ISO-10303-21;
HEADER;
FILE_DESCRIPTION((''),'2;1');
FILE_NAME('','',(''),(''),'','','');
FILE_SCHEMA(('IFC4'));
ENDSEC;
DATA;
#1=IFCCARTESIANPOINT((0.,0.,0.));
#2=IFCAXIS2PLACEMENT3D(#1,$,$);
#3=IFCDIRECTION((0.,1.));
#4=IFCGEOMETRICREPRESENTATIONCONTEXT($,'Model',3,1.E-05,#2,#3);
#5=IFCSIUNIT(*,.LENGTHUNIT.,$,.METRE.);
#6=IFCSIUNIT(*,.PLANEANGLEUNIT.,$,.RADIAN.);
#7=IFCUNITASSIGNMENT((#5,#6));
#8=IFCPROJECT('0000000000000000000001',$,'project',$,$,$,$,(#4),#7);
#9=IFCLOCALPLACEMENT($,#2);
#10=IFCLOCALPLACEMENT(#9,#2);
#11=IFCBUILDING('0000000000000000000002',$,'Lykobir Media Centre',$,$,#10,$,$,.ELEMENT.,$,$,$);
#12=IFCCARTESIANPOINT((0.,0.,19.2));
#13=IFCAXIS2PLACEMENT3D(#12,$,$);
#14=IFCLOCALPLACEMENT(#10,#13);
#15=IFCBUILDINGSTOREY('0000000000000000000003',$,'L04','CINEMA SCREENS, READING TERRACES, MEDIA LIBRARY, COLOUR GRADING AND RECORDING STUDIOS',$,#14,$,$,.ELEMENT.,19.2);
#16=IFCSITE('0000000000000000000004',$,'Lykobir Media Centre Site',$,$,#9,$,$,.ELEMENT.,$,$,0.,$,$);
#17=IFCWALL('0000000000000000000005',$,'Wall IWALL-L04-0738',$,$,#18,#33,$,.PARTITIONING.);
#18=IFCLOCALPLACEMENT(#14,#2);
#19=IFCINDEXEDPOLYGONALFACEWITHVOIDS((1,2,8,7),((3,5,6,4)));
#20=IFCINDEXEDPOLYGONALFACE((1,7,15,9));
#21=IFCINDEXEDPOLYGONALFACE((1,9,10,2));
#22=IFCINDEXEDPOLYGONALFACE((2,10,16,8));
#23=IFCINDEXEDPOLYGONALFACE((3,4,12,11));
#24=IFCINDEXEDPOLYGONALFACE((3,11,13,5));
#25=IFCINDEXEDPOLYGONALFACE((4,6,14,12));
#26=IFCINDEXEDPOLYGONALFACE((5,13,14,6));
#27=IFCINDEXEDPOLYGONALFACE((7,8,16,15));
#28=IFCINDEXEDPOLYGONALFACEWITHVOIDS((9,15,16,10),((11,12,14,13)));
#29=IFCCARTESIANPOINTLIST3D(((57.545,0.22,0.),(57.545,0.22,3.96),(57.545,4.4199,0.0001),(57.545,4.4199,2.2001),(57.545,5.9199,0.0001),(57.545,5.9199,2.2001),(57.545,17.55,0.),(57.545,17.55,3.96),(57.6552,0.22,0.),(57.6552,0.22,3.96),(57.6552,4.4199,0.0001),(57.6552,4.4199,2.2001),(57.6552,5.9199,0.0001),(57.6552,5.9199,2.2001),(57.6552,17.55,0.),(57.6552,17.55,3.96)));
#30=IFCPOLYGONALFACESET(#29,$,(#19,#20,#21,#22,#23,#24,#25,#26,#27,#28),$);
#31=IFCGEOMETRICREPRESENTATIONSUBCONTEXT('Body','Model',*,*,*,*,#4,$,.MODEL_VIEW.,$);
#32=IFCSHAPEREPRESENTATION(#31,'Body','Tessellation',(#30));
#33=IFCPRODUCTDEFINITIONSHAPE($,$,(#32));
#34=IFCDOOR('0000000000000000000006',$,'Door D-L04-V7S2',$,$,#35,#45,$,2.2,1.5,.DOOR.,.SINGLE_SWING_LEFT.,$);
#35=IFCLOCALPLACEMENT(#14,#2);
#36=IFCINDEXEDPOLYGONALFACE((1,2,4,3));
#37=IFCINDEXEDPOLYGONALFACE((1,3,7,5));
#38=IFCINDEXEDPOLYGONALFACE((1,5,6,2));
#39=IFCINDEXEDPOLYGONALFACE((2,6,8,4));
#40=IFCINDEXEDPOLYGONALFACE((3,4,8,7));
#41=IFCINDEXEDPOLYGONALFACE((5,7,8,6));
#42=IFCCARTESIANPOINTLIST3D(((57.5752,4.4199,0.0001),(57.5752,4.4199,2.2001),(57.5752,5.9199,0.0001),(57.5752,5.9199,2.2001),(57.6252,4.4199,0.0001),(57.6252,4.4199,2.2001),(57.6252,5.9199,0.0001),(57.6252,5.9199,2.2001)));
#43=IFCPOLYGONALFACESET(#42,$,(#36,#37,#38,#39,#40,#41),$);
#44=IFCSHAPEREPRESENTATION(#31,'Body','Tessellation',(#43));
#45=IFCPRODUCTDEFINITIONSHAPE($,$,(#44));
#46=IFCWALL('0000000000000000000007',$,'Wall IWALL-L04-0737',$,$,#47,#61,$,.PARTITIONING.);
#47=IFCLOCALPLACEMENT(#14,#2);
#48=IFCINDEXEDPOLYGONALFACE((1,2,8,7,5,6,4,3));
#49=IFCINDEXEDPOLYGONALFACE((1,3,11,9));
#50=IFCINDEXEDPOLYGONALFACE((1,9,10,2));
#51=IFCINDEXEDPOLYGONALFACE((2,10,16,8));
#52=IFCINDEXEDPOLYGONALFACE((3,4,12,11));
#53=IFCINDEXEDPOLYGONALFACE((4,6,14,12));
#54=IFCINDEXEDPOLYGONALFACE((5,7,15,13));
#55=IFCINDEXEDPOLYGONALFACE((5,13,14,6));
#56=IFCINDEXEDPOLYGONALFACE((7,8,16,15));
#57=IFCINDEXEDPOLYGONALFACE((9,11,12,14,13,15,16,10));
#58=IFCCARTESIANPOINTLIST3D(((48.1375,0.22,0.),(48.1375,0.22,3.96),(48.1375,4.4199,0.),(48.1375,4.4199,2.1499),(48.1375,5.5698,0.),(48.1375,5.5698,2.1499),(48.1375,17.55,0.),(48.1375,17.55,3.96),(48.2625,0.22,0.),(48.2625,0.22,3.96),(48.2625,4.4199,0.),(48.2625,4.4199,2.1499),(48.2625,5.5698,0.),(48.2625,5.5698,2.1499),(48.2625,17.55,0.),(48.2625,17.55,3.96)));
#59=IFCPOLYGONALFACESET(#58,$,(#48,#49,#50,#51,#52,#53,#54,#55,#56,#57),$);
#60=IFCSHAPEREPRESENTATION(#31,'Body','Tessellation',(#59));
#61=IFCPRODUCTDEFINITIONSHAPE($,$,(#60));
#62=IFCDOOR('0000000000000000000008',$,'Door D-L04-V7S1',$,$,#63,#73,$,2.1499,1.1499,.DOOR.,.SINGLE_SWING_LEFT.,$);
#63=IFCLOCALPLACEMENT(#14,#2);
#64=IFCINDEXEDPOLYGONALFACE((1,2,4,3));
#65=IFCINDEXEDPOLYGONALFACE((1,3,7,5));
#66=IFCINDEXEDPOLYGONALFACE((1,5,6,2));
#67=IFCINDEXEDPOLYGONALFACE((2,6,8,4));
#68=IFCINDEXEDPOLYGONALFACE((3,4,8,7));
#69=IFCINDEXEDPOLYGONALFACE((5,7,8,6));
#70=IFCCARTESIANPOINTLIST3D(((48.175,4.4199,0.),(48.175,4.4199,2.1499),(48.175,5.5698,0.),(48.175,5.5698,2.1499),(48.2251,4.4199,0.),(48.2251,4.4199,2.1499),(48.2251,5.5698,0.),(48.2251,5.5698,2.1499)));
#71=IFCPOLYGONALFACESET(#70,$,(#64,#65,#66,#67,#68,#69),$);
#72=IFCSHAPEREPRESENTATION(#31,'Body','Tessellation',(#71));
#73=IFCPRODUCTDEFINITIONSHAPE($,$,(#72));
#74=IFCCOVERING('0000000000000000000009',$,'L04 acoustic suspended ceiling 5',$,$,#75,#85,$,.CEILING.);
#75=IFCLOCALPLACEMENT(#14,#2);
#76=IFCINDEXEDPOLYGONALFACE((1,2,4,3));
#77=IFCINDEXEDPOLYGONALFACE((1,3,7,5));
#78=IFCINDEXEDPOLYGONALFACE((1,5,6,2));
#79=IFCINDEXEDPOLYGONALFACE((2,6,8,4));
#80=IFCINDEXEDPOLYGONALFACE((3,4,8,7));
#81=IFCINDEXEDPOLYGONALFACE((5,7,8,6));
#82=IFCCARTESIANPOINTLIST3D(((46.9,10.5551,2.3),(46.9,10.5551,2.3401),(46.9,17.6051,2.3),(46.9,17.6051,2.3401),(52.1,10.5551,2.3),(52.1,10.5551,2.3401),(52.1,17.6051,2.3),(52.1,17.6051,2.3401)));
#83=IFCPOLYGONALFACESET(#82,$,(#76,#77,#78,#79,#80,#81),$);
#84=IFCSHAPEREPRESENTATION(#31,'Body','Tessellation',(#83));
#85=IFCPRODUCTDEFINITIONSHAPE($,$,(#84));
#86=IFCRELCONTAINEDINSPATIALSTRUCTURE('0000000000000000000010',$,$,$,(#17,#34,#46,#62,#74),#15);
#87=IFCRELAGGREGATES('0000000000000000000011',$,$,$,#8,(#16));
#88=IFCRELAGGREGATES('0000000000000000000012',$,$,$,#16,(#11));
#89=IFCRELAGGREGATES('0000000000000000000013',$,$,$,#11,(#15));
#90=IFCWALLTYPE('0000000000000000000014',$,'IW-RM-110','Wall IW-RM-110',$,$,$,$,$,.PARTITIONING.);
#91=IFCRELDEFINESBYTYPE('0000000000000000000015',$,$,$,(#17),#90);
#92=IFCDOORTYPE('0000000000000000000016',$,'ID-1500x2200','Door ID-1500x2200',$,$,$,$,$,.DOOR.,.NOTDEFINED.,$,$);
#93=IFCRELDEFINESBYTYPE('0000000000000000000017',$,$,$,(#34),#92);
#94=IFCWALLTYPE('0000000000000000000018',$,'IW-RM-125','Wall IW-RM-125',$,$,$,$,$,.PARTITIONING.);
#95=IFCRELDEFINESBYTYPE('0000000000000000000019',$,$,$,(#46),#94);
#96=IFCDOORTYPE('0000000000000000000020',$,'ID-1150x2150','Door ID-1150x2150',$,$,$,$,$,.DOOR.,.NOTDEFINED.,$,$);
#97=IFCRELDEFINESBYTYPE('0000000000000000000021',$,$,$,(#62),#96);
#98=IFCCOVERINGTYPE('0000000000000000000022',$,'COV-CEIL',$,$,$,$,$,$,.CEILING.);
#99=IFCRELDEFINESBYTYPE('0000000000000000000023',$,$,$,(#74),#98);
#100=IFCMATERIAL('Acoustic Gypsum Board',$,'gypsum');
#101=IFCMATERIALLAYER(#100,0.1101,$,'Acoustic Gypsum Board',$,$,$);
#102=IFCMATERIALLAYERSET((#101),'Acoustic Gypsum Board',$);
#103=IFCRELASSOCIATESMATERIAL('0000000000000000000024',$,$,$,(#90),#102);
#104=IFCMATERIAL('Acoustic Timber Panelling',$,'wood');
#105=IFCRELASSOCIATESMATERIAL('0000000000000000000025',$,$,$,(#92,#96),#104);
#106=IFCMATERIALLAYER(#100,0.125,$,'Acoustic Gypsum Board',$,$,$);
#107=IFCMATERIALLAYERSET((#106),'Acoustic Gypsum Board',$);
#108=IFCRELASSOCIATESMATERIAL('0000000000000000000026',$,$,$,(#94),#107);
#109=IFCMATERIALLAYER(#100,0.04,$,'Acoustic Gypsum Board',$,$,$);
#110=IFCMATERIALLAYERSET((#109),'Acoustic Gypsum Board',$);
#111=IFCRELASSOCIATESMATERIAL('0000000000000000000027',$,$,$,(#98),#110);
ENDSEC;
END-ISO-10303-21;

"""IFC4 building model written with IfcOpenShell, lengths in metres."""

from ifc_helpers import new_model, si_unit, direction, frame, frame_2d, origin, origin_2d, place, context, subcontext, project, spatial, rectangle, extrude, material, layer, layer_set, type_object, element, fill, save


model = new_model("IFC4")

# Units and contexts
model_context = context("Model", 3, precision=1e-05, world=origin(), true_north=direction((0.0, 1.0)))
body_context = subcontext(model_context, "Body", "Model", "MODEL_VIEW")
ifc_project = project(units=[si_unit("LENGTHUNIT", "METRE"), si_unit("PLANEANGLEUNIT", "RADIAN")], contexts=[model_context])

# Site, building, storey
site_placement = place(None, origin())
site = spatial("IfcSite", under=ifc_project, at=site_placement, Name="Lykobir Media Centre Site", CompositionType="ELEMENT", RefElevation=0.0)
building_placement = place(site_placement, origin())
building = spatial("IfcBuilding", under=site, at=building_placement, Name="Lykobir Media Centre", CompositionType="ELEMENT")
storey_placement = place(building_placement, frame((0.0, 0.0, 19.2)))
storey = spatial("IfcBuildingStorey", under=building, at=storey_placement, Name="L04", Description="CINEMA SCREENS, READING TERRACES, MEDIA LIBRARY, COLOUR GRADING AND RECORDING STUDIOS", CompositionType="ELEMENT", Elevation=19.2)

# Walls, openings, doors
ifc_material_1 = material(Name="Acoustic Gypsum Board", Category="gypsum")
ifc_layer_1 = layer(ifc_material_1, 0.1101, Name="Acoustic Gypsum Board")
ifc_layer_set_1 = layer_set([ifc_layer_1], Name="Acoustic Gypsum Board")
wall_type_1 = type_object("IfcWallType", Name="IW-RM-110", Description="Wall IW-RM-110", PredefinedType="PARTITIONING", material=ifc_layer_set_1)
wall_1_placement = place(storey_placement, frame((57.6001, 0.22, 0.0), z_axis=(0.0, 0.0, 1.0), x_axis=(0.0, 1.0, 0.0)))
wall_1 = element("IfcWall", 1, at=wall_1_placement, inside=storey, type_object=wall_type_1, Name="Wall IWALL-L04-0738", PredefinedType="PARTITIONING", context=body_context, shape_type="SweptSolid", body=[
    extrude(rectangle(XDim=17.3301, YDim=0.1101, at=frame_2d((8.665, 0.0))), origin(), (0.0, 0.0, 1.0), 3.96),
])
opening_1_placement = place(wall_1_placement, frame((4.2, 0.0, 0.0)))
opening_1 = element("IfcOpeningElement", 2, at=opening_1_placement, cuts=wall_1, PredefinedType="OPENING", context=body_context, shape_type="SweptSolid", body=[
    extrude(rectangle(XDim=1.5, YDim=2.2, at=frame_2d((0.75, 1.1001))), frame((0.0, 0.0649, 0.0), z_axis=(0.0, -1.0, 0.0), x_axis=(1.0, 0.0, 0.0)), (0.0, 0.0, 1.0), 0.1301),
])
ifc_material_2 = material(Name="Acoustic Timber Panelling", Category="wood")
door_type_1 = type_object("IfcDoorType", Name="ID-1500x2200", Description="Door ID-1500x2200", OperationType="NOTDEFINED", PredefinedType="DOOR", material=ifc_material_2)
door_1_placement = place(opening_1_placement, origin())
door_1 = element("IfcDoor", 3, at=door_1_placement, inside=storey, type_object=door_type_1, Name="Door D-L04-V7S2", OperationType="SINGLE_SWING_LEFT", OverallHeight=2.2, OverallWidth=1.5, PredefinedType="DOOR", context=body_context, shape_type="SweptSolid", body=[
    extrude(rectangle(XDim=1.5, YDim=2.2, at=frame_2d((0.75, 1.1001))), frame((0.0, 0.0249, 0.0), z_axis=(0.0, -1.0, 0.0), x_axis=(1.0, 0.0, 0.0)), (0.0, 0.0, 1.0), 0.05),
])
fill(opening_1, door_1)
ifc_layer_2 = layer(ifc_material_1, 0.125, Name="Acoustic Gypsum Board")
ifc_layer_set_2 = layer_set([ifc_layer_2], Name="Acoustic Gypsum Board")
wall_type_2 = type_object("IfcWallType", Name="IW-RM-125", Description="Wall IW-RM-125", PredefinedType="PARTITIONING", material=ifc_layer_set_2)
wall_2_placement = place(storey_placement, frame((48.2, 0.22, 0.0), z_axis=(0.0, 0.0, 1.0), x_axis=(0.0, 1.0, 0.0)))
wall_2 = element("IfcWall", 4, at=wall_2_placement, inside=storey, type_object=wall_type_2, Name="Wall IWALL-L04-0737", PredefinedType="PARTITIONING", context=body_context, shape_type="SweptSolid", body=[
    extrude(rectangle(XDim=17.3301, YDim=0.125, at=frame_2d((8.665, 0.0))), origin(), (0.0, 0.0, 1.0), 3.96),
])
opening_2_placement = place(wall_2_placement, frame((4.2, 0.0, 0.0)))
opening_2 = element("IfcOpeningElement", 5, at=opening_2_placement, cuts=wall_2, PredefinedType="OPENING", context=body_context, shape_type="SweptSolid", body=[
    extrude(rectangle(XDim=1.1499, YDim=2.1499, at=frame_2d((0.575, 1.075))), frame((0.0, 0.0725, 0.0), z_axis=(0.0, -1.0, 0.0), x_axis=(1.0, 0.0, 0.0)), (0.0, 0.0, 1.0), 0.145),
])
door_type_2 = type_object("IfcDoorType", Name="ID-1150x2150", Description="Door ID-1150x2150", OperationType="NOTDEFINED", PredefinedType="DOOR", material=ifc_material_2)
door_2_placement = place(opening_2_placement, origin())
door_2 = element("IfcDoor", 6, at=door_2_placement, inside=storey, type_object=door_type_2, Name="Door D-L04-V7S1", OperationType="SINGLE_SWING_LEFT", OverallHeight=2.1499, OverallWidth=1.1499, PredefinedType="DOOR", context=body_context, shape_type="SweptSolid", body=[
    extrude(rectangle(XDim=1.1499, YDim=2.1499, at=frame_2d((0.575, 1.075))), frame((0.0, 0.0249, 0.0), z_axis=(0.0, -1.0, 0.0), x_axis=(1.0, 0.0, 0.0)), (0.0, 0.0, 1.0), 0.05),
])
fill(opening_2, door_2)

# Covering
ifc_layer_3 = layer(ifc_material_1, 0.04, Name="Acoustic Gypsum Board")
ifc_layer_set_3 = layer_set([ifc_layer_3], Name="Acoustic Gypsum Board")
covering_type = type_object("IfcCoveringType", Name="COV-CEIL", PredefinedType="CEILING", material=ifc_layer_set_3)
covering_placement = place(storey_placement, frame((49.5, 14.0801, 2.3), z_axis=(0.0, 0.0, 1.0), x_axis=(1.0, 0.0, 0.0)))
element("IfcCovering", 7, at=covering_placement, inside=storey, type_object=covering_type, Name="L04 acoustic suspended ceiling 5", PredefinedType="CEILING", context=body_context, shape_type="SweptSolid", body=[
    extrude(rectangle(XDim=5.2, YDim=7.05, at=origin_2d()), origin(), (0.0, 0.0, 1.0), 0.04),
])

save(model, "model.ifc")
